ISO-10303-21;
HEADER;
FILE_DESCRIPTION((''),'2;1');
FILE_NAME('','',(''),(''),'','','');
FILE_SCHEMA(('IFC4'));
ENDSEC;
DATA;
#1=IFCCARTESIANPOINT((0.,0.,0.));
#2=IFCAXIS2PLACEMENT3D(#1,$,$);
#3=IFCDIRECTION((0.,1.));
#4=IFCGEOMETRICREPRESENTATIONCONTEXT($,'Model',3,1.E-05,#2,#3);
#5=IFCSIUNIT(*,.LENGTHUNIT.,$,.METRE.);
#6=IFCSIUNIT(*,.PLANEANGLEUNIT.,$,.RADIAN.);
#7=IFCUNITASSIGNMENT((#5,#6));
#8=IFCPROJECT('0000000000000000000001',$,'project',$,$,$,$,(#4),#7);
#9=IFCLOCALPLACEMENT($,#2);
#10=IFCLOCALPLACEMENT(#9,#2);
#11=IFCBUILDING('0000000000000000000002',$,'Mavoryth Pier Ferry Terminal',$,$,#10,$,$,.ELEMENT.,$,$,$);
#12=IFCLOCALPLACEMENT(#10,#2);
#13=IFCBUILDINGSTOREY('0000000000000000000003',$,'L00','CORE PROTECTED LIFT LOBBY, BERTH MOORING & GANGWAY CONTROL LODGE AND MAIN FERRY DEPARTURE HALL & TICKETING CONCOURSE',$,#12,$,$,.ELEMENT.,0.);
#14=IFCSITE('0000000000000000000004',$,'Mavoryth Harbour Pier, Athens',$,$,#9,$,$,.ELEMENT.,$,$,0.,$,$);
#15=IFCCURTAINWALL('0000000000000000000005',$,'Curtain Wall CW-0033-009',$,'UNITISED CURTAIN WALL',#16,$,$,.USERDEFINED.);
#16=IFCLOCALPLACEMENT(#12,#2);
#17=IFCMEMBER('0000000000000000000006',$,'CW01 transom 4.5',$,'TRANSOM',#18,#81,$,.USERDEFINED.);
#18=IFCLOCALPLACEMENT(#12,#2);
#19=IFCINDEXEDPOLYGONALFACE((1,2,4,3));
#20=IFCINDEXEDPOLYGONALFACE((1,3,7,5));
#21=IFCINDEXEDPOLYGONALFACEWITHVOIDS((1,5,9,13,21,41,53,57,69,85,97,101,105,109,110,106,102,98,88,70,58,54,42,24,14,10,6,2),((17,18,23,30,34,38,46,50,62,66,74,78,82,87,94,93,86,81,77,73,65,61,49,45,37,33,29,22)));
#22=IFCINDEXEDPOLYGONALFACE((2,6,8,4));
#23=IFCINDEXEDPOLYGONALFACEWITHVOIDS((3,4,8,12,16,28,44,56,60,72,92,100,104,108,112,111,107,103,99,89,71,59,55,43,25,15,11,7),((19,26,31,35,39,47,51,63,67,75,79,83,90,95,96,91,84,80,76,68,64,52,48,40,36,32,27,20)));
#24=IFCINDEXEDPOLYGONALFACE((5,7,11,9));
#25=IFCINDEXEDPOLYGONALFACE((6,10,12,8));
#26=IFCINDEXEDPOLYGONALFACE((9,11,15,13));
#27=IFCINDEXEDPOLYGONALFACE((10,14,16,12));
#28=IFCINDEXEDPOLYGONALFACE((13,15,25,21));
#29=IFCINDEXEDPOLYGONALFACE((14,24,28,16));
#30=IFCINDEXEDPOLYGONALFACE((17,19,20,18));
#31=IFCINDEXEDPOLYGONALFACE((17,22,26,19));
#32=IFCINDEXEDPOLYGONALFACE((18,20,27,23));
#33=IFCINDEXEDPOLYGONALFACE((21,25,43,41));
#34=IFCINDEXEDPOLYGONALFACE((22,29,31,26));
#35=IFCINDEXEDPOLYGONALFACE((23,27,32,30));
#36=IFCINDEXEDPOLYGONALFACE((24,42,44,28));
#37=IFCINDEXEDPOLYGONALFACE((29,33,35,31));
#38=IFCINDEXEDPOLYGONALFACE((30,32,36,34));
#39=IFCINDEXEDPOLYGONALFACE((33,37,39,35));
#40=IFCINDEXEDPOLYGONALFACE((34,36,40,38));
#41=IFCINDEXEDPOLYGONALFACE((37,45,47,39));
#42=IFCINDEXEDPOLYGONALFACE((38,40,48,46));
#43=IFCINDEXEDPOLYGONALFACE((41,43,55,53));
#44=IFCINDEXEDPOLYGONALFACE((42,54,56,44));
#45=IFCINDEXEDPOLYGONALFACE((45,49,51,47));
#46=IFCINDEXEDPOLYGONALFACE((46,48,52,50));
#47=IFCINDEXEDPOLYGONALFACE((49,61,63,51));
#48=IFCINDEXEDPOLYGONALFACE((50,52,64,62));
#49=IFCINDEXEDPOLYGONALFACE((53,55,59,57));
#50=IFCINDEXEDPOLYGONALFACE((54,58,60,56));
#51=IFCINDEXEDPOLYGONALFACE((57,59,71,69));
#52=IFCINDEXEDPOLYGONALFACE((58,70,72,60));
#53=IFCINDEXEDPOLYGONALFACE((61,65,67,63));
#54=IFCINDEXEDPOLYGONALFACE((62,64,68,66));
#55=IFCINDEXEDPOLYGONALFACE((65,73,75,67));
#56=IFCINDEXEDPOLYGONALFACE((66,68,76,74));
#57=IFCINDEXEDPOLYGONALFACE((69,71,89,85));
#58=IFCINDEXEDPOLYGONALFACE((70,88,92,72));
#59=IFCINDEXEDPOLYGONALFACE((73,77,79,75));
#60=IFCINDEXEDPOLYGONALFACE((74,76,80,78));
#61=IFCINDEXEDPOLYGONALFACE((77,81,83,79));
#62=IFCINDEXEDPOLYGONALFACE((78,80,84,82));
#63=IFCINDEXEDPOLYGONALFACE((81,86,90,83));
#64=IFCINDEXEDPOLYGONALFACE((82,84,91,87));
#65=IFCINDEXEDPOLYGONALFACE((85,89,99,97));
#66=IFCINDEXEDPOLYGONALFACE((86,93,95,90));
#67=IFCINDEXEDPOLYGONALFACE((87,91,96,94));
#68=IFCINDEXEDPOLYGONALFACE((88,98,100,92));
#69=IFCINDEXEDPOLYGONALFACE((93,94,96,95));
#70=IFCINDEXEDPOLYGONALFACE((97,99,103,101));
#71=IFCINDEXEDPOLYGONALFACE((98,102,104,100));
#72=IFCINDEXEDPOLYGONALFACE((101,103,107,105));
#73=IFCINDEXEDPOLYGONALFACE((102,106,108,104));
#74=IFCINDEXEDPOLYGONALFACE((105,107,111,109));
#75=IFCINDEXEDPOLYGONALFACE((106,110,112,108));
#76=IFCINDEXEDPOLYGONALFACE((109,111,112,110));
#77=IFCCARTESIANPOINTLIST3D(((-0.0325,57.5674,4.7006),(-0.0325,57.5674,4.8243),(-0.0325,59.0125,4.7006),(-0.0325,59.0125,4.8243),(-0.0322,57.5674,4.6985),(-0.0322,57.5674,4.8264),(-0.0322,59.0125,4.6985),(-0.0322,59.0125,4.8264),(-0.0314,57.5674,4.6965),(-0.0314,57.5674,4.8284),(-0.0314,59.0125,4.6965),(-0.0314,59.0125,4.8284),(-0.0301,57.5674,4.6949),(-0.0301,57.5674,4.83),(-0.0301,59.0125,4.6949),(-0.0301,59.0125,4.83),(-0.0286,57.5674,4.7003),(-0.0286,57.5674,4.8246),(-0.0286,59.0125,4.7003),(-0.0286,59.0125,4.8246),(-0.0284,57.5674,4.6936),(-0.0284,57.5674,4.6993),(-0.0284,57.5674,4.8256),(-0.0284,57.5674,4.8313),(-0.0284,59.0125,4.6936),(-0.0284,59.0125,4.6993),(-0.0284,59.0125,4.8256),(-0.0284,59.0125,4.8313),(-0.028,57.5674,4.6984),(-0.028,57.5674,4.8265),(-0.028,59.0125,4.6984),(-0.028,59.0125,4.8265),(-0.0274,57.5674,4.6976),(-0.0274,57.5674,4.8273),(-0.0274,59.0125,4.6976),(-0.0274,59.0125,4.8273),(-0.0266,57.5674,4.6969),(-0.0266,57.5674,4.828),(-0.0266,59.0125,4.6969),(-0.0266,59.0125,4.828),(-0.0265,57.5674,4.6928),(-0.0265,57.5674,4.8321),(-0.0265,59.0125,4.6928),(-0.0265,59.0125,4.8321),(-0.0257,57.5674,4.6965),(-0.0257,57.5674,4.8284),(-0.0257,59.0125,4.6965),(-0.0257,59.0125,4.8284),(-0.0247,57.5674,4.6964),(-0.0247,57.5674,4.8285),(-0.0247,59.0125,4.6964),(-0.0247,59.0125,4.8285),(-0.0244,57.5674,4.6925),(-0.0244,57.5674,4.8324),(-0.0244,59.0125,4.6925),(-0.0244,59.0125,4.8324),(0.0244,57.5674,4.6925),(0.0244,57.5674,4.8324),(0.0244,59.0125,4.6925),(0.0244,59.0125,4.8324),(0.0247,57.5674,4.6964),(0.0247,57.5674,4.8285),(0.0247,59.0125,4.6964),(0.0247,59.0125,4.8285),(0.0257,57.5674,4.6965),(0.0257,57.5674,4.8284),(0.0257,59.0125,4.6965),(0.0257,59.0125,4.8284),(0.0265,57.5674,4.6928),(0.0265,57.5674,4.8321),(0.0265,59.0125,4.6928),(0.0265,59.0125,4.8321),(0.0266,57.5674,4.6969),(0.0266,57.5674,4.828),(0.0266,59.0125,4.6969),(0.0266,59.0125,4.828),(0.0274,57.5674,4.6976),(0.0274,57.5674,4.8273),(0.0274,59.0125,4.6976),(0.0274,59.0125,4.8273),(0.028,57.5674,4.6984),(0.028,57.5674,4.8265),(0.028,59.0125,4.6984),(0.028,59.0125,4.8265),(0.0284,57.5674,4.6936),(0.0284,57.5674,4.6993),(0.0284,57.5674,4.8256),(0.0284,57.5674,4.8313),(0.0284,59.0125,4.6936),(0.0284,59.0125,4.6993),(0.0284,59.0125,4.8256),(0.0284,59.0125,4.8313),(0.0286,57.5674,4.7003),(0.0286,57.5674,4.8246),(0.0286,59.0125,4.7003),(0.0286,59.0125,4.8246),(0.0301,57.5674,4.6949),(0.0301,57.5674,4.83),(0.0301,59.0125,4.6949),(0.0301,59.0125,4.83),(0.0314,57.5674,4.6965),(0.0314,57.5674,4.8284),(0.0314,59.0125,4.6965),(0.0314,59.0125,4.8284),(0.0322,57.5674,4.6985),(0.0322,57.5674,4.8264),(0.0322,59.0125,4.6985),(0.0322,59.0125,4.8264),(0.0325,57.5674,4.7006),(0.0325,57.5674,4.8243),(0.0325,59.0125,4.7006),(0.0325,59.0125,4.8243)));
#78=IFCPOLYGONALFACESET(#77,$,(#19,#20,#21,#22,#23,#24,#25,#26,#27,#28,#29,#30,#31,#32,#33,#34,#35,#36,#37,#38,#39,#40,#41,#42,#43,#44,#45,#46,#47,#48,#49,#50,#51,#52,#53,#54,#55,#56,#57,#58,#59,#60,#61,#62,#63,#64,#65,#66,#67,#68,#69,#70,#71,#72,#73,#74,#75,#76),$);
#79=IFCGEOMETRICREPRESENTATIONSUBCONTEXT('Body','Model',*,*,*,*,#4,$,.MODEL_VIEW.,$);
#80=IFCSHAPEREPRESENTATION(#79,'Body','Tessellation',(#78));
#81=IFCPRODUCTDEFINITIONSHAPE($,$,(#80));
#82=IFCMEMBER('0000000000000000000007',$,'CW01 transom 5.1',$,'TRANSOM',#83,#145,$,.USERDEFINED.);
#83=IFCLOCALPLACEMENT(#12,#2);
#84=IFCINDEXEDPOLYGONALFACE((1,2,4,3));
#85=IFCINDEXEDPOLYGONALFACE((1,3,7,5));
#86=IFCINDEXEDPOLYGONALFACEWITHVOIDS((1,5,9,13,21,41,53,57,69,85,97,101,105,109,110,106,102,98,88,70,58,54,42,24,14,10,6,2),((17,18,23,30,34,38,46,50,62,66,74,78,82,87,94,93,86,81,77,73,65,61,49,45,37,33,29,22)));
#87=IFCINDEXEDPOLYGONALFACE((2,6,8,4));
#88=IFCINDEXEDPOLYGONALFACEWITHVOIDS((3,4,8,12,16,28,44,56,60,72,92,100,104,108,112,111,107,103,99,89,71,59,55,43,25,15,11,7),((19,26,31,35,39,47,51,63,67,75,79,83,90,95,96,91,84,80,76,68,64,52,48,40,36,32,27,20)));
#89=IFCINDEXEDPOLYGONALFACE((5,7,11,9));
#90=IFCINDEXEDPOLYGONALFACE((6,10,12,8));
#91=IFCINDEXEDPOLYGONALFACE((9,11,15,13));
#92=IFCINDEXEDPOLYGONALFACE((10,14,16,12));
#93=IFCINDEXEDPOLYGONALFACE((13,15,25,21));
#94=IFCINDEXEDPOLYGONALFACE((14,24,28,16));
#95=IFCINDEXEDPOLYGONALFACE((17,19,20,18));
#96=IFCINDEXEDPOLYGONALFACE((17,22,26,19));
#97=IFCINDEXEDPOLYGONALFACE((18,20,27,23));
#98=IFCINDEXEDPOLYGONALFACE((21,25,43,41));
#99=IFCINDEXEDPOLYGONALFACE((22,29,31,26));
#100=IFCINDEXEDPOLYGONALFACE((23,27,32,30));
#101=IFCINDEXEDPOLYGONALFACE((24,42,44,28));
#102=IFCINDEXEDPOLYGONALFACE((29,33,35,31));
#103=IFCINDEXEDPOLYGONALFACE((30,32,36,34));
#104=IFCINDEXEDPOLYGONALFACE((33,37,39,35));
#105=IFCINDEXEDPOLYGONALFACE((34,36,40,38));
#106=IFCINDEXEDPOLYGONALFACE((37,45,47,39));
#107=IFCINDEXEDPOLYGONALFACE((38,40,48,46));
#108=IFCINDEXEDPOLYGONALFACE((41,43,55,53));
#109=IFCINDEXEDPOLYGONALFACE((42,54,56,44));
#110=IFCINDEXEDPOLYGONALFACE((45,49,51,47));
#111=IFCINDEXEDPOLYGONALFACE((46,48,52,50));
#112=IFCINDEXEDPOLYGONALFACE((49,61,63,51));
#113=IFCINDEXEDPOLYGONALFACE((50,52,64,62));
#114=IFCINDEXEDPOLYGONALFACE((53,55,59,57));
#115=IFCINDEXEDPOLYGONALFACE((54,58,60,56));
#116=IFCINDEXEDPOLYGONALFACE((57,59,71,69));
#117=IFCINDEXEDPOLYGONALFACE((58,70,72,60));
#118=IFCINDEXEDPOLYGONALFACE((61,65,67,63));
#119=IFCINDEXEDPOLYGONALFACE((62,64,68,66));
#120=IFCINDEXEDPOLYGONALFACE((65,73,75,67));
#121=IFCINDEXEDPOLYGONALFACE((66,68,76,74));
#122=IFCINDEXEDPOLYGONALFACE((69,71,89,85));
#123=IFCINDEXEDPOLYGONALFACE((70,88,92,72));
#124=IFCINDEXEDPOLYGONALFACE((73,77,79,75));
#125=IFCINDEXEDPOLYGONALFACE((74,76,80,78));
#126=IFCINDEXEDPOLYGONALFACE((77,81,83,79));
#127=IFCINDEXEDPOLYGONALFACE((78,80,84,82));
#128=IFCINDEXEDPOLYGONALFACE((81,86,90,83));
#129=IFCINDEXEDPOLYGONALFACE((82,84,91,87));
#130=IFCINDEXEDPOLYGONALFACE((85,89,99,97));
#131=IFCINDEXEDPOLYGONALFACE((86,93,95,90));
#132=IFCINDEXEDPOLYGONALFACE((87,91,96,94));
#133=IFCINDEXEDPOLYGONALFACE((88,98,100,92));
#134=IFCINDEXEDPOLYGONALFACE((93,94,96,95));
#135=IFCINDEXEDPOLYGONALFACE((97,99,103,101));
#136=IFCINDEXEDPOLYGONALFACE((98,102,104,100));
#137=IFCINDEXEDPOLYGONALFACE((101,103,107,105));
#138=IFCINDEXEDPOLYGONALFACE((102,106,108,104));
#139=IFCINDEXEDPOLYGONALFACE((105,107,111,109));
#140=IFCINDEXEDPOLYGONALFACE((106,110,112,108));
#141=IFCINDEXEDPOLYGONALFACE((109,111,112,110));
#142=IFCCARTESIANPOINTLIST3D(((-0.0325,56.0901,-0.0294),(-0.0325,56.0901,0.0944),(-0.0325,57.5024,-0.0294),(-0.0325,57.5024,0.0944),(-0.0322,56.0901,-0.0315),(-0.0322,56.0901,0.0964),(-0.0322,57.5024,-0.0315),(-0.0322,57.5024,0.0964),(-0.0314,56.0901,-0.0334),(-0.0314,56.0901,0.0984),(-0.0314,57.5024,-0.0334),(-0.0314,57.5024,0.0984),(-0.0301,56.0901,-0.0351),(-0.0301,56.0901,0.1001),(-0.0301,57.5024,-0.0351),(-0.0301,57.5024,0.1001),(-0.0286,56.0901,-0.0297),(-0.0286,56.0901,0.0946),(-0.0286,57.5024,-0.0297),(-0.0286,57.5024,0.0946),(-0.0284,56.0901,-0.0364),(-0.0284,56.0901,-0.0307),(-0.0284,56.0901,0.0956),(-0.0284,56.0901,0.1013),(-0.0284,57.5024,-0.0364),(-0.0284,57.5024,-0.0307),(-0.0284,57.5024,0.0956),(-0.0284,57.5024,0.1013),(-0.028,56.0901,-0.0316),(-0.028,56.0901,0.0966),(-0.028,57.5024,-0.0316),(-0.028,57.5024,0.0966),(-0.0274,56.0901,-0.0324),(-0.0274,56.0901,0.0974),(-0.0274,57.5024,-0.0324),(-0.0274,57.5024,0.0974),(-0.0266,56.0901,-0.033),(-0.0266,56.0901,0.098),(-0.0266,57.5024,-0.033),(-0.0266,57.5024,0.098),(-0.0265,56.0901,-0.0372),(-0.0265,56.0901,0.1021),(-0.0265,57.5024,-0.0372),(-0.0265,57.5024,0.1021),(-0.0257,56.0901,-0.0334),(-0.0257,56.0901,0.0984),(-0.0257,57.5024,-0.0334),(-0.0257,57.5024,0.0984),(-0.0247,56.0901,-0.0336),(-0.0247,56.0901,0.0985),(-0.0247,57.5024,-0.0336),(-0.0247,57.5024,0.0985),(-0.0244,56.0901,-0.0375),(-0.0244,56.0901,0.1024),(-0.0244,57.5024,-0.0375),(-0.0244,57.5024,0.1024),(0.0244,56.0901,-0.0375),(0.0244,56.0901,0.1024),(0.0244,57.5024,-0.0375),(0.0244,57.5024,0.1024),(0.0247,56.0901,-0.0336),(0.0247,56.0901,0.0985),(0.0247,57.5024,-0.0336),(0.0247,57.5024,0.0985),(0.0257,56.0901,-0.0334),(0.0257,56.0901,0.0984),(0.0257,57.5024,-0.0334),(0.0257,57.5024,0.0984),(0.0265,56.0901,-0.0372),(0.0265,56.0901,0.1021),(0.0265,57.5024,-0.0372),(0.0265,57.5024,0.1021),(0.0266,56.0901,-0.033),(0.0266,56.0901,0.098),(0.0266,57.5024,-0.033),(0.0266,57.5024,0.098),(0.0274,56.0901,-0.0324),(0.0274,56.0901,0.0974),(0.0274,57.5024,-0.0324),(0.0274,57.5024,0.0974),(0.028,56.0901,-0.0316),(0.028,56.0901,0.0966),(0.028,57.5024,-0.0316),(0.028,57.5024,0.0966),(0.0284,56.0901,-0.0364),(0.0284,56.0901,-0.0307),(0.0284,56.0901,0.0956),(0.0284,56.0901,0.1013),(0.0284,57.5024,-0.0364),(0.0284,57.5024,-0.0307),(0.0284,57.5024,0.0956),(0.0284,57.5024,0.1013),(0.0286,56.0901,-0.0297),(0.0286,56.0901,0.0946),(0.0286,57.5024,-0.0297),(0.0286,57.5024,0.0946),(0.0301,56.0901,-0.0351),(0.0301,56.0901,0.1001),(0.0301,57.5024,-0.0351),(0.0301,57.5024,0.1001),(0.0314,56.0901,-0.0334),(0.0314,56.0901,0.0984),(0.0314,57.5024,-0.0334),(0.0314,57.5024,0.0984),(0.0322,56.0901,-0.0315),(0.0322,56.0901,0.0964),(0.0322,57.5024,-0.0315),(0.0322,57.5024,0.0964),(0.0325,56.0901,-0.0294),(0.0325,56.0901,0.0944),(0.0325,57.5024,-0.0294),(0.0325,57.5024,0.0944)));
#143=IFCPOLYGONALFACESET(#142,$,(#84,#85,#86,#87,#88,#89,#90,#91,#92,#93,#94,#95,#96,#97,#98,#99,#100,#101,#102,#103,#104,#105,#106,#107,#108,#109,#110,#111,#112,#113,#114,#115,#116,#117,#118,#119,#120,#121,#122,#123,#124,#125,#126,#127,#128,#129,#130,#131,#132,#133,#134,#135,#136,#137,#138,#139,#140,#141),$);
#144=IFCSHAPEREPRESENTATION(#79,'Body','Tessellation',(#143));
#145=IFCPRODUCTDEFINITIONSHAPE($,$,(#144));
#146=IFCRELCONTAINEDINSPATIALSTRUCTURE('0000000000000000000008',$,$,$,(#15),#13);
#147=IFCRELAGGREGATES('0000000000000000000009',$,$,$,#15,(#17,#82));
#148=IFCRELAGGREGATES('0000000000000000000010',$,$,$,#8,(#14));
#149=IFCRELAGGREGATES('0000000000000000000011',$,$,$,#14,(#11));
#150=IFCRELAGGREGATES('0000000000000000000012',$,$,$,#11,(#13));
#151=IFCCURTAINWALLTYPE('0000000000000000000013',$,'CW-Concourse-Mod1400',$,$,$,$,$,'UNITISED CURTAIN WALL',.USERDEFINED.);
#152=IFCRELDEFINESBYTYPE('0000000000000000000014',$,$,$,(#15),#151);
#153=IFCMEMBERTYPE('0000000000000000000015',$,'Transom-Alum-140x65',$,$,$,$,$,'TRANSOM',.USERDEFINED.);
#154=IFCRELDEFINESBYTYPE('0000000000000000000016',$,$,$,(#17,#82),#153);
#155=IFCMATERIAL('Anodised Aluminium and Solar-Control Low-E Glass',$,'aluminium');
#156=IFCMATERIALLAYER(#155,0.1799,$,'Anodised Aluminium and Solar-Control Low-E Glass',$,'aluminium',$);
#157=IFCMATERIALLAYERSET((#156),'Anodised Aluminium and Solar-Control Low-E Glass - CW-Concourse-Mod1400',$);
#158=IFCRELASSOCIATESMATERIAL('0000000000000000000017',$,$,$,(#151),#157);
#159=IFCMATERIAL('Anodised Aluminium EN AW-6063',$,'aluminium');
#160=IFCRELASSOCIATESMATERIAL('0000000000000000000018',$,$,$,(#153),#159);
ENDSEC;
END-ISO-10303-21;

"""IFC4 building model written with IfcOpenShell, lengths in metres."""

from ifc_helpers import new_model, si_unit, direction, frame, origin, origin_2d, place, context, subcontext, project, spatial, hollow_rectangle, extrude, material, layer, layer_set, material_profile, profile_set, type_object, element, aggregate, save


model = new_model("IFC4")

# Units and contexts
model_context = context("Model", 3, precision=1e-05, world=origin(), true_north=direction((0.0, 1.0)))
body_context = subcontext(model_context, "Body", "Model", "MODEL_VIEW")
ifc_project = project(units=[si_unit("LENGTHUNIT", "METRE"), si_unit("PLANEANGLEUNIT", "RADIAN")], contexts=[model_context])

# Site, building, storey
site_placement = place(None, origin())
site = spatial("IfcSite", under=ifc_project, at=site_placement, Name="Mavoryth Harbour Pier, Athens", CompositionType="ELEMENT", RefElevation=0.0)
building_placement = place(site_placement, origin())
building = spatial("IfcBuilding", under=site, at=building_placement, Name="Mavoryth Pier Ferry Terminal", CompositionType="ELEMENT")
storey_placement = place(building_placement, origin())
storey = spatial("IfcBuildingStorey", under=building, at=storey_placement, Name="L00", Description="CORE PROTECTED LIFT LOBBY, BERTH MOORING & GANGWAY CONTROL LODGE AND MAIN FERRY DEPARTURE HALL & TICKETING CONCOURSE", CompositionType="ELEMENT", Elevation=0.0)

# Curtain wall, members
ifc_material_1 = material(Name="Anodised Aluminium and Solar-Control Low-E Glass", Category="aluminium")
ifc_layer_1 = layer(ifc_material_1, 0.1799, Name="Anodised Aluminium and Solar-Control Low-E Glass", Category="aluminium")
ifc_layer_set_1 = layer_set([ifc_layer_1], Name="Anodised Aluminium and Solar-Control Low-E Glass - CW-Concourse-Mod1400")
curtain_wall_type = type_object("IfcCurtainWallType", Name="CW-Concourse-Mod1400", ElementType="UNITISED CURTAIN WALL", PredefinedType="USERDEFINED", material=ifc_layer_set_1)
curtain_wall_placement = place(storey_placement, origin())
curtain_wall = element("IfcCurtainWall", 1, at=curtain_wall_placement, inside=storey, type_object=curtain_wall_type, Name="Curtain Wall CW-0033-009", ObjectType="UNITISED CURTAIN WALL", PredefinedType="USERDEFINED")
ifc_material_2 = material(Name="Anodised Aluminium EN AW-6063", Category="aluminium")
ifc_material_profile_1 = material_profile(ifc_material_2, hollow_rectangle(XDim=0.0649, YDim=0.1399, WallThickness=0.0039, InnerFilletRadius=0.0039, OuterFilletRadius=0.0081, at=origin_2d()), Name="AL-TRAN 140x65x4", Category="aluminium")
ifc_profile_set_1 = profile_set([ifc_material_profile_1], Name="Anodised Aluminium EN AW-6063 - AL-TRAN 140x65x4")
member_type_1 = type_object("IfcMemberType", Name="Transom-Alum-140x65", ElementType="TRANSOM", PredefinedType="USERDEFINED", material=ifc_profile_set_1)
member_1_placement = place(storey_placement, frame((0.0, 59.0125, 4.7625), z_axis=(0.0, -1.0, 0.0), x_axis=(1.0, 0.0, 0.0)))
member_1 = element("IfcMember", 2, at=member_1_placement, type_object=member_type_1, Name="CW01 transom 4.5", ObjectType="TRANSOM", PredefinedType="USERDEFINED", context=body_context, shape_type="SweptSolid", body=[
    extrude(hollow_rectangle(XDim=0.0649, YDim=0.1399, WallThickness=0.0039, InnerFilletRadius=0.0039, OuterFilletRadius=0.0081, at=origin_2d()), origin(), (0.0, 0.0, 1.0), 1.4451),
])
member_2_placement = place(storey_placement, frame((0.0, 57.5024, 0.0325), z_axis=(0.0, -1.0, 0.0), x_axis=(1.0, 0.0, 0.0)))
member_2 = element("IfcMember", 3, at=member_2_placement, type_object=member_type_1, Name="CW01 transom 5.1", ObjectType="TRANSOM", PredefinedType="USERDEFINED", context=body_context, shape_type="SweptSolid", body=[
    extrude(hollow_rectangle(XDim=0.0649, YDim=0.1399, WallThickness=0.0039, InnerFilletRadius=0.0039, OuterFilletRadius=0.0081, at=origin_2d()), origin(), (0.0, 0.0, 1.0), 1.4124),
])
aggregate(curtain_wall, [member_1, member_2])

save(model, "model.ifc")
